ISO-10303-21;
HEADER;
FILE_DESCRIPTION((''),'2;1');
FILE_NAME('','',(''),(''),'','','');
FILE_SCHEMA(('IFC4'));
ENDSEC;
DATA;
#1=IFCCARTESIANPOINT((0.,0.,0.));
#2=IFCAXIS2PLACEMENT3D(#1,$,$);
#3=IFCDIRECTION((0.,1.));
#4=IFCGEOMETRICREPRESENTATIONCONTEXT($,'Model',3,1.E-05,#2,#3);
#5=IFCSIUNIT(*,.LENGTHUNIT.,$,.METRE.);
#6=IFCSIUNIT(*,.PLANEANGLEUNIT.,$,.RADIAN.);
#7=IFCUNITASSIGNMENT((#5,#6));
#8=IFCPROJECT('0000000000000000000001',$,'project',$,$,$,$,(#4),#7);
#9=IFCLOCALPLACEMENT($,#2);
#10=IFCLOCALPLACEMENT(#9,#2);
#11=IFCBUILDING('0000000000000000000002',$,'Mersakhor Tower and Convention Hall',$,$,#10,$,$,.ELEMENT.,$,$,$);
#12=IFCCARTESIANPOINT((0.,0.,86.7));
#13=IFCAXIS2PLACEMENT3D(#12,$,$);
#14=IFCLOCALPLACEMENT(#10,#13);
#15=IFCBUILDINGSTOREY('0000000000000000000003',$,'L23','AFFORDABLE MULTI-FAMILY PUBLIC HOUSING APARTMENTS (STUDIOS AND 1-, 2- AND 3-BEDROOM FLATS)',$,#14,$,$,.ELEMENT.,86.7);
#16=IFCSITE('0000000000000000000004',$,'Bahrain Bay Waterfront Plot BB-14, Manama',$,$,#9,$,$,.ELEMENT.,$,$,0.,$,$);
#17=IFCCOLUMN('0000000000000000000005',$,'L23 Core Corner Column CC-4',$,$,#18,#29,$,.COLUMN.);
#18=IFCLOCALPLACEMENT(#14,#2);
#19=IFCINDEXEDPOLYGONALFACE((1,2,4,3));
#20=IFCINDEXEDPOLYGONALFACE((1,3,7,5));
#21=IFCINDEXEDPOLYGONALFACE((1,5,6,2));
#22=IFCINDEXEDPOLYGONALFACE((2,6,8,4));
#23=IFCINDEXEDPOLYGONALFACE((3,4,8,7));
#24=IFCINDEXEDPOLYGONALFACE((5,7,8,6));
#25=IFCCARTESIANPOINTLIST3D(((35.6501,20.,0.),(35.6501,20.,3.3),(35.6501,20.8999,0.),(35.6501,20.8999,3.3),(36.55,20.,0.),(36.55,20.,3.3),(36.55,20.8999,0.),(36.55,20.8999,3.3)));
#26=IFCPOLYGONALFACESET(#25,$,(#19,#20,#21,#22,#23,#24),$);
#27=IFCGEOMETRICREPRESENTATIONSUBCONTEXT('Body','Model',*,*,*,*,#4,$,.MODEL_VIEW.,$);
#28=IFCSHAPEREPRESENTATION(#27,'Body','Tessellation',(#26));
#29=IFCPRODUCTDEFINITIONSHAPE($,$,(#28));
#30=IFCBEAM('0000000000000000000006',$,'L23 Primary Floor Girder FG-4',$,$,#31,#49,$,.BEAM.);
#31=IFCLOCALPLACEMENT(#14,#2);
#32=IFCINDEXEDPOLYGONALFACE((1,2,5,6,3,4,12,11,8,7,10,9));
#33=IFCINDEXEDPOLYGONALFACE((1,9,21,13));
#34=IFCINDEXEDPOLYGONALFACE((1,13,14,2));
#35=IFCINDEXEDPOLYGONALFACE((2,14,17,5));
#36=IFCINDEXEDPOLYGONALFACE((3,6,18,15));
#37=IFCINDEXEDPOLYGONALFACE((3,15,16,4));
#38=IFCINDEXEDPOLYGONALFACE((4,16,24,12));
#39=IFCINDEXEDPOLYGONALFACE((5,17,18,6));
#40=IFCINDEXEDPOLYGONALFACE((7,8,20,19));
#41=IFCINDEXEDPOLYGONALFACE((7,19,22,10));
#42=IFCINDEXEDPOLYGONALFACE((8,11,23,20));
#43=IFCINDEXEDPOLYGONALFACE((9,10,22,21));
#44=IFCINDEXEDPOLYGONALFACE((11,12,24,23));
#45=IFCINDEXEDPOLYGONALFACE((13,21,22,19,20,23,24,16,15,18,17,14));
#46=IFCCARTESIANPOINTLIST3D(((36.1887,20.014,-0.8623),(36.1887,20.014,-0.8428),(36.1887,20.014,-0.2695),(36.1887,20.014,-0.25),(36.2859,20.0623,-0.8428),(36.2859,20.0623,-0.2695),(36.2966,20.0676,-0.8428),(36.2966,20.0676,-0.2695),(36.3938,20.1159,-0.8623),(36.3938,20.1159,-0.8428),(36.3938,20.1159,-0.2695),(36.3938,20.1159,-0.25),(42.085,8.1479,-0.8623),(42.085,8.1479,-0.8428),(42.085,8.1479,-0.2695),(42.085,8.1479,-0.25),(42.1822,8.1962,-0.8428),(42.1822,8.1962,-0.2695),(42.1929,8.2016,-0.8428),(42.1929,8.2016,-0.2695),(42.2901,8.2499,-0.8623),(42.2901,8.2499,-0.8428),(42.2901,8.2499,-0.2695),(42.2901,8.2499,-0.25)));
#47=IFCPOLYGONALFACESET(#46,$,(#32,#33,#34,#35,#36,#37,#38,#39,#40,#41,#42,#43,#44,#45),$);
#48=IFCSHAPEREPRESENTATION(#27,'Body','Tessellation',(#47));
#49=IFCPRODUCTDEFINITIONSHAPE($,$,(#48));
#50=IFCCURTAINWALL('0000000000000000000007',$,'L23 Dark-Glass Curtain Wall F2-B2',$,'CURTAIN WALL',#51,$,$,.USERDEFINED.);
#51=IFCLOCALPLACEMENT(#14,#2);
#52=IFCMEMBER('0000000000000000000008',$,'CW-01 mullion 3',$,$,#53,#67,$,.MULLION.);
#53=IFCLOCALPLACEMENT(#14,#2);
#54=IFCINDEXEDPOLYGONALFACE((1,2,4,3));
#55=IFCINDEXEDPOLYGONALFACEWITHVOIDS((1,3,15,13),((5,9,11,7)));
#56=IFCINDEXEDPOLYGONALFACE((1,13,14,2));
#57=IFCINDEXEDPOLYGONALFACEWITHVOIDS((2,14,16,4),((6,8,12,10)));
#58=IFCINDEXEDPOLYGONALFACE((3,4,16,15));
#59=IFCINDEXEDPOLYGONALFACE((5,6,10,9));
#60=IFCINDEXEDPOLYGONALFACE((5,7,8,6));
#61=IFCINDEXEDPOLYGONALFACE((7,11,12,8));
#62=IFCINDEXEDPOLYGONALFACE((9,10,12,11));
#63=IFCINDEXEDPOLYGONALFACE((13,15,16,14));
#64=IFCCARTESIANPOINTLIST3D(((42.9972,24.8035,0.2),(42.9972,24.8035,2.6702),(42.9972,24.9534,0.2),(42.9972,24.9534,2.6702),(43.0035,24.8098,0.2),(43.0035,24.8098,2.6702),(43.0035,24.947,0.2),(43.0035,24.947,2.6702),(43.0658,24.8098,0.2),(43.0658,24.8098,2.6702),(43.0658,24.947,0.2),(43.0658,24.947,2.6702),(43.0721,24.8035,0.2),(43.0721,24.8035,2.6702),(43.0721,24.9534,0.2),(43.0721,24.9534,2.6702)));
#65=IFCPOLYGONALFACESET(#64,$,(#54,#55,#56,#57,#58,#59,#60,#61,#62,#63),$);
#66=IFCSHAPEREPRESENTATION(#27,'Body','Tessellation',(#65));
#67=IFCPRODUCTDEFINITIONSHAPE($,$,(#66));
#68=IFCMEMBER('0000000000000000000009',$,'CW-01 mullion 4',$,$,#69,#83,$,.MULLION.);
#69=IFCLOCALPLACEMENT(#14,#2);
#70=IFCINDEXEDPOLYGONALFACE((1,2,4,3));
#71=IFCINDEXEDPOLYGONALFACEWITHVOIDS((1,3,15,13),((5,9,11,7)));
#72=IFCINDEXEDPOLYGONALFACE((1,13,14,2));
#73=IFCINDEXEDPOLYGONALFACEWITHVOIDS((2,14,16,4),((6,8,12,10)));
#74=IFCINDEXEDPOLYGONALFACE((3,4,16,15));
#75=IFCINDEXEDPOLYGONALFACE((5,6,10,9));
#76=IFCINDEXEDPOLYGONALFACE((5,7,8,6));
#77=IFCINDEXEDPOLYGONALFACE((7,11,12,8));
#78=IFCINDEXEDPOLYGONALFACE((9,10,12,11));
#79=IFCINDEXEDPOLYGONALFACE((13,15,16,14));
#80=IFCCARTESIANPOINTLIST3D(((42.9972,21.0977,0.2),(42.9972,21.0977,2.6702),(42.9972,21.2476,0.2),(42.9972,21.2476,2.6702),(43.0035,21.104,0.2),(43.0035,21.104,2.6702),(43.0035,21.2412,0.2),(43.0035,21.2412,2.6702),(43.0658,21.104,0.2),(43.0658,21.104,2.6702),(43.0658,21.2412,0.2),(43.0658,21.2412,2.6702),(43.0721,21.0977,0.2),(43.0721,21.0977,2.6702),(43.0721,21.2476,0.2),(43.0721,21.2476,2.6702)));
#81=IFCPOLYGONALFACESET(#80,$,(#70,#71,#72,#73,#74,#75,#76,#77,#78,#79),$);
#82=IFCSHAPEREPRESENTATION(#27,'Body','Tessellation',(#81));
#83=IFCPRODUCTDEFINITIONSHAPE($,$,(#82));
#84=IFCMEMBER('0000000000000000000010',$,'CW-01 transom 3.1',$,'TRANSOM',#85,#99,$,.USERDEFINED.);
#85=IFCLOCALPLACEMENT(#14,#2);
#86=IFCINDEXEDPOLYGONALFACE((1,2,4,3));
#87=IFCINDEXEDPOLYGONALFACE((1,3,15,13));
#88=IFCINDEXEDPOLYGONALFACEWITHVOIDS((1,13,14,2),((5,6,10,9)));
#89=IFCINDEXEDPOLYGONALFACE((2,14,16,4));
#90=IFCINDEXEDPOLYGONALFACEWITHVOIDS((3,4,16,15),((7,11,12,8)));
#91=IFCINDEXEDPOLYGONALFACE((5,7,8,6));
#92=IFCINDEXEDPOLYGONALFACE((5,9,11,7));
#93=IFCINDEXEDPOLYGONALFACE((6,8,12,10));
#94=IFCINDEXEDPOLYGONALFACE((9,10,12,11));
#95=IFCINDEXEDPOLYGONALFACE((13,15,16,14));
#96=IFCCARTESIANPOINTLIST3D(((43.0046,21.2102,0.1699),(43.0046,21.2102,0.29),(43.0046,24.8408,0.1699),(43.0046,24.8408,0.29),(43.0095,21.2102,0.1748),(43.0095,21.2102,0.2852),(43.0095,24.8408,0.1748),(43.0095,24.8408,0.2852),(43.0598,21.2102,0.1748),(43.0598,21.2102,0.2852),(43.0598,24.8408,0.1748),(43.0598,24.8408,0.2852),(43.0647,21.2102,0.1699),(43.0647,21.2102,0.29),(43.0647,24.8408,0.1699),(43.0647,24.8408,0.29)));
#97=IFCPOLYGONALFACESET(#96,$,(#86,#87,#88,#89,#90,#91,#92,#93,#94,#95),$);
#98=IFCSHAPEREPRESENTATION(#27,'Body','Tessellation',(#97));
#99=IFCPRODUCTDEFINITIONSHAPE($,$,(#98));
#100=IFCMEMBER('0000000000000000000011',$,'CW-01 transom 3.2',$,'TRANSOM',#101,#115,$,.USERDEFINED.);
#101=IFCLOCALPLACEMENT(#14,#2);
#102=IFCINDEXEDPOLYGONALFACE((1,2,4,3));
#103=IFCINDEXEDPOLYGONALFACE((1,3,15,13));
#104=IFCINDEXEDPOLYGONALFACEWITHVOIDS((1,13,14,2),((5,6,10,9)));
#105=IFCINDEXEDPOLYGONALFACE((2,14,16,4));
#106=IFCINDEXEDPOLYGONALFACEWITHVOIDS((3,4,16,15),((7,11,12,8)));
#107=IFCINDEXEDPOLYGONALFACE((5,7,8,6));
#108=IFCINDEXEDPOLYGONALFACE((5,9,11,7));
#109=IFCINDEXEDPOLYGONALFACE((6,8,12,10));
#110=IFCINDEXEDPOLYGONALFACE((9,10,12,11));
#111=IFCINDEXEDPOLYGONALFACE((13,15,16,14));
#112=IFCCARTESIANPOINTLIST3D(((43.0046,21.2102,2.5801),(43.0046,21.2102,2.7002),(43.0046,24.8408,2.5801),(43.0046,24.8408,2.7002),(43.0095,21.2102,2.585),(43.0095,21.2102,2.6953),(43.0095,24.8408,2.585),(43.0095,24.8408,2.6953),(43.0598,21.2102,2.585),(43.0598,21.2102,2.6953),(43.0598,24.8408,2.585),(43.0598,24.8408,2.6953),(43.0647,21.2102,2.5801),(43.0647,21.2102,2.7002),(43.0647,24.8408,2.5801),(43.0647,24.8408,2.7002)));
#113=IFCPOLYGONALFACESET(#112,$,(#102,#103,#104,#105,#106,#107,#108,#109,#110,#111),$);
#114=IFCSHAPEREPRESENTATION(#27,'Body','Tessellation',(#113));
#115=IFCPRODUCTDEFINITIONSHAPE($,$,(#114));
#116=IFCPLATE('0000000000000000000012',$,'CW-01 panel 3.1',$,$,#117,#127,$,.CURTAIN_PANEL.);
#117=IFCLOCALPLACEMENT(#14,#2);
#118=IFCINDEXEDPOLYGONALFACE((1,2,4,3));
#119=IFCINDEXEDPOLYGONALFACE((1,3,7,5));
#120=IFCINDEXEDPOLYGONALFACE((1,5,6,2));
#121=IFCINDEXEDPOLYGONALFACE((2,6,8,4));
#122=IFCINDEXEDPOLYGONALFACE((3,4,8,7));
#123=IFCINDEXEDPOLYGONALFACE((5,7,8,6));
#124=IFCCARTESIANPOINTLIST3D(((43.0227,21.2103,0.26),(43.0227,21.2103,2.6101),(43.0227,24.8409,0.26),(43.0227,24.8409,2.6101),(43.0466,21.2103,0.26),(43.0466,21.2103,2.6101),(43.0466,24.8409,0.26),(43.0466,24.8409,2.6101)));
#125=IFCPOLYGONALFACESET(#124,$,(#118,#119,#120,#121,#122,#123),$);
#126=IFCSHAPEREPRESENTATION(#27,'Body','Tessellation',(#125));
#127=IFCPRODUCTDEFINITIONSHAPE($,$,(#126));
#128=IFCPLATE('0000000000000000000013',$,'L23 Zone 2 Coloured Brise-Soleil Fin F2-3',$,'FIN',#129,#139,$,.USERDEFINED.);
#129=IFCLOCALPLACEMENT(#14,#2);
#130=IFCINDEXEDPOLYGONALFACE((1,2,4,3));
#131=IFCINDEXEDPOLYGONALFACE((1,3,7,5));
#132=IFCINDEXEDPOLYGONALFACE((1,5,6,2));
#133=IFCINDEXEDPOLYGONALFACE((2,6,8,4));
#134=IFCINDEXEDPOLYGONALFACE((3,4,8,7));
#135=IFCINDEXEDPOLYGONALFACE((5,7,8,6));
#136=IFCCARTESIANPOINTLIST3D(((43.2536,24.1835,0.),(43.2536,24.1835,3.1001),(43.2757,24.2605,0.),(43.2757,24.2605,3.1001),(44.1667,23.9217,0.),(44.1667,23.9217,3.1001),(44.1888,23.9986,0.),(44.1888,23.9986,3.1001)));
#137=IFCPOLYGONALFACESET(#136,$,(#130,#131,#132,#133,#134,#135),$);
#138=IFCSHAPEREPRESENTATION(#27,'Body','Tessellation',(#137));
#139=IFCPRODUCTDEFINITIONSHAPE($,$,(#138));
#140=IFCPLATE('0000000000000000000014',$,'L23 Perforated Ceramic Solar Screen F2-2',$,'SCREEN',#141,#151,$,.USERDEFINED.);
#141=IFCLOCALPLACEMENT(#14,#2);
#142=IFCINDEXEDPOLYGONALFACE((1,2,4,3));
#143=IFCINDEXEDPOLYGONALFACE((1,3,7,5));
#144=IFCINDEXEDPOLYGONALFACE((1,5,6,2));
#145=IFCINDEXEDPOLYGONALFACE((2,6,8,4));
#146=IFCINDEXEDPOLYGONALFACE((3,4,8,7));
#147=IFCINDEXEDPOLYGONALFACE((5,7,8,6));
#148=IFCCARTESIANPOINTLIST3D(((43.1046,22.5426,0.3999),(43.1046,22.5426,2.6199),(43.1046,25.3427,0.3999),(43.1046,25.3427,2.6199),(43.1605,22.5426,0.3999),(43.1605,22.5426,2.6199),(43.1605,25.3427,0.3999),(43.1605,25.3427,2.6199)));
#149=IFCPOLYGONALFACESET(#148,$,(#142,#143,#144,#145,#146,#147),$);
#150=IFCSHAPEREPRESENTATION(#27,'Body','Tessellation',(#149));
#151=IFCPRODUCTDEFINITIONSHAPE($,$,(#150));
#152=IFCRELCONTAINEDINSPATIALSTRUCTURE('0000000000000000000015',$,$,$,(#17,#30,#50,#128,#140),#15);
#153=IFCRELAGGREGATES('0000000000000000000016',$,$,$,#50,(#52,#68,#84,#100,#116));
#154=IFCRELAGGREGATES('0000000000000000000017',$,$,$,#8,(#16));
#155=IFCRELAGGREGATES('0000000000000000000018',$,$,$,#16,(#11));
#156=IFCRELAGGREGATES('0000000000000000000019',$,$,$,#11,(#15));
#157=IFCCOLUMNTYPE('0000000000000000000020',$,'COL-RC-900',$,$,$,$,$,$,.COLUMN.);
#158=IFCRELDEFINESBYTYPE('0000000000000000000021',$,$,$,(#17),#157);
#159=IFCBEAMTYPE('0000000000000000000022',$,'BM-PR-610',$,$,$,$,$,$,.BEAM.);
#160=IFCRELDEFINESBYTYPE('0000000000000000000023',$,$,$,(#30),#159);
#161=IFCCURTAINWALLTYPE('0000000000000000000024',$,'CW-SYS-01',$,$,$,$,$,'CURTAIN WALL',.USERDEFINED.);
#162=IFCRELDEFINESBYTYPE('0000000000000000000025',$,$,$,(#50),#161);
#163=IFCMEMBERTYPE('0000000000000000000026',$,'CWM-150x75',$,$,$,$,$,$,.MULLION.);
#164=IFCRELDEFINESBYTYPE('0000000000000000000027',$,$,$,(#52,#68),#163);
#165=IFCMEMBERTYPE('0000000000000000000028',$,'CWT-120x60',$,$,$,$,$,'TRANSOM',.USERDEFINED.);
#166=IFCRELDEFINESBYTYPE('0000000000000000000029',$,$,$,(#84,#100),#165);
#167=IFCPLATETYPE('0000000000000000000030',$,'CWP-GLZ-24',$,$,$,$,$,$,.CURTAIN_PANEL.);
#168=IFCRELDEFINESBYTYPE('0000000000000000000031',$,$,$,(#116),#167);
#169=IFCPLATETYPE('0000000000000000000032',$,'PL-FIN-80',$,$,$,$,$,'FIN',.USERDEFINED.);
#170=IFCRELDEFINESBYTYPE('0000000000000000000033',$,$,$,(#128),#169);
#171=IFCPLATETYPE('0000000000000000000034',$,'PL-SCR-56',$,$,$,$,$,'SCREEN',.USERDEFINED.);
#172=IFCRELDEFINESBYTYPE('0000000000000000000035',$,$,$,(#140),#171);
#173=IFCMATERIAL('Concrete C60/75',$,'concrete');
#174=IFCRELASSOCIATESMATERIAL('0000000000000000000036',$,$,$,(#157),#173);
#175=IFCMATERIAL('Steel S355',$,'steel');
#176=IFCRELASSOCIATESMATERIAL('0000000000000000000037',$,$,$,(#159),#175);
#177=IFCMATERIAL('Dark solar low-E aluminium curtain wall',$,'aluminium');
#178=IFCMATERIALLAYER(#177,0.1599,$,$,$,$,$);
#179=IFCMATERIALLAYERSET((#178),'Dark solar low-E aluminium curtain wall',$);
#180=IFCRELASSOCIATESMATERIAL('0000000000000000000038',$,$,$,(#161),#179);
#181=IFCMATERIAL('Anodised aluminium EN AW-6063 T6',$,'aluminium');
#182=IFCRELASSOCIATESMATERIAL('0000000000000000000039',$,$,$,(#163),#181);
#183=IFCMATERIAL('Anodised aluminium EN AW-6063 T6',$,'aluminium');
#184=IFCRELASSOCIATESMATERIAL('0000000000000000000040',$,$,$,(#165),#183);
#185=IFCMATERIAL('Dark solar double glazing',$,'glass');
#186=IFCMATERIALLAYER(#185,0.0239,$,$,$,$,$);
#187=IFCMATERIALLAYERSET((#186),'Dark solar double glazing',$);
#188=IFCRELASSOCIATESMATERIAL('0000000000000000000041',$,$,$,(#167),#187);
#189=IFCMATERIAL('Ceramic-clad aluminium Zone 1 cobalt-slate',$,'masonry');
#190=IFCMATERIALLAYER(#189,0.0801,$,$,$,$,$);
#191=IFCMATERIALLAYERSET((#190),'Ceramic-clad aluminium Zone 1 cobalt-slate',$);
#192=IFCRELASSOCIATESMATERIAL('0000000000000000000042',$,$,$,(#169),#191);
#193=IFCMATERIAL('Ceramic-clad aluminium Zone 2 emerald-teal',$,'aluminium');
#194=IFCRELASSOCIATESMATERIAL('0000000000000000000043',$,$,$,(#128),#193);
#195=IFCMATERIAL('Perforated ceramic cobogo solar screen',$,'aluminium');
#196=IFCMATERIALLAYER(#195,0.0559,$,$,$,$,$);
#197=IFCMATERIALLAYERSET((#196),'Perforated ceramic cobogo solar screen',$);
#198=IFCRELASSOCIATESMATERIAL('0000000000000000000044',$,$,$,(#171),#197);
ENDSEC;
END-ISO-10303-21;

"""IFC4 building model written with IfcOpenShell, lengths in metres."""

from ifc_helpers import new_model, si_unit, direction, frame, origin, origin_2d, place, context, subcontext, project, spatial, rectangle, hollow_rectangle, i_section, extrude, material, layer, layer_set, material_profile, profile_set, type_object, element, aggregate, save


model = new_model("IFC4")

# Units and contexts
model_context = context("Model", 3, precision=1e-05, world=origin(), true_north=direction((0.0, 1.0)))
body_context = subcontext(model_context, "Body", "Model", "MODEL_VIEW")
ifc_project = project(units=[si_unit("LENGTHUNIT", "METRE"), si_unit("PLANEANGLEUNIT", "RADIAN")], contexts=[model_context])

# Site, building, storey
site_placement = place(None, origin())
site = spatial("IfcSite", under=ifc_project, at=site_placement, Name="Bahrain Bay Waterfront Plot BB-14, Manama", CompositionType="ELEMENT", RefElevation=0.0)
building_placement = place(site_placement, origin())
building = spatial("IfcBuilding", under=site, at=building_placement, Name="Mersakhor Tower and Convention Hall", CompositionType="ELEMENT")
storey_placement = place(building_placement, frame((0.0, 0.0, 86.7)))
storey = spatial("IfcBuildingStorey", under=building, at=storey_placement, Name="L23", Description="AFFORDABLE MULTI-FAMILY PUBLIC HOUSING APARTMENTS (STUDIOS AND 1-, 2- AND 3-BEDROOM FLATS)", CompositionType="ELEMENT", Elevation=86.7)

# Column
ifc_material_1 = material(Name="Concrete C60/75", Category="concrete")
ifc_material_profile_1 = material_profile(ifc_material_1, rectangle(XDim=0.8999, YDim=0.8999, at=origin_2d()), Name="RC 900x900")
ifc_profile_set_1 = profile_set([ifc_material_profile_1], Name="Concrete C60/75")
column_type = type_object("IfcColumnType", Name="COL-RC-900", PredefinedType="COLUMN", material=ifc_profile_set_1)
column_placement = place(storey_placement, frame((36.1001, 20.45, 0.0), z_axis=(0.0, 0.0, 1.0), x_axis=(1.0, 0.0, 0.0)))
element("IfcColumn", 1, at=column_placement, inside=storey, type_object=column_type, Name="L23 Core Corner Column CC-4", PredefinedType="COLUMN", context=body_context, shape_type="SweptSolid", body=[
    extrude(rectangle(XDim=0.8999, YDim=0.8999, at=origin_2d()), origin(), (0.0, 0.0, 1.0), 3.3),
])

# Beam
ifc_material_2 = material(Name="Steel S355", Category="steel")
ifc_material_profile_2 = material_profile(ifc_material_2, i_section(OverallWidth=0.229, OverallDepth=0.6123, WebThickness=0.012, FlangeThickness=0.0195, at=origin_2d()), Name="UB 610x229x125")
ifc_profile_set_2 = profile_set([ifc_material_profile_2], Name="Steel S355")
beam_type = type_object("IfcBeamType", Name="BM-PR-610", PredefinedType="BEAM", material=ifc_profile_set_2)
beam_placement = place(storey_placement, frame((36.2913, 20.0649, -0.5562), z_axis=(0.444994, -0.895534, 0.0), x_axis=(0.895534, 0.444994, 0.0)))
element("IfcBeam", 2, at=beam_placement, inside=storey, type_object=beam_type, Name="L23 Primary Floor Girder FG-4", PredefinedType="BEAM", context=body_context, shape_type="SweptSolid", body=[
    extrude(i_section(OverallWidth=0.229, OverallDepth=0.6123, WebThickness=0.012, FlangeThickness=0.0195, at=origin_2d()), origin(), (0.0, 0.0, 1.0), 13.2502),
])

# Curtain wall, members, plate
ifc_material_3 = material(Name="Dark solar low-E aluminium curtain wall", Category="aluminium")
ifc_layer_1 = layer(ifc_material_3, 0.1599)
ifc_layer_set_1 = layer_set([ifc_layer_1], Name="Dark solar low-E aluminium curtain wall")
curtain_wall_type = type_object("IfcCurtainWallType", Name="CW-SYS-01", ElementType="CURTAIN WALL", PredefinedType="USERDEFINED", material=ifc_layer_set_1)
curtain_wall_placement = place(storey_placement, origin())
curtain_wall = element("IfcCurtainWall", 3, at=curtain_wall_placement, inside=storey, type_object=curtain_wall_type, Name="L23 Dark-Glass Curtain Wall F2-B2", ObjectType="CURTAIN WALL", PredefinedType="USERDEFINED")
ifc_material_4 = material(Name="Anodised aluminium EN AW-6063 T6", Category="aluminium")
ifc_material_profile_3 = material_profile(ifc_material_4, hollow_rectangle(XDim=0.075, YDim=0.1499, WallThickness=0.0063, at=origin_2d()), Name="RHS 150x75x6.3")
ifc_profile_set_3 = profile_set([ifc_material_profile_3], Name="Anodised aluminium EN AW-6063 T6")
member_type_1 = type_object("IfcMemberType", Name="CWM-150x75", PredefinedType="MULLION", material=ifc_profile_set_3)
member_1_placement = place(storey_placement, frame((43.0347, 24.8784, 0.2), z_axis=(0.0, 0.0, 1.0), x_axis=(1.0, 0.0, 0.0)))
member_1 = element("IfcMember", 4, at=member_1_placement, type_object=member_type_1, Name="CW-01 mullion 3", PredefinedType="MULLION", context=body_context, shape_type="SweptSolid", body=[
    extrude(hollow_rectangle(XDim=0.075, YDim=0.1499, WallThickness=0.0063, at=origin_2d()), origin(), (0.0, 0.0, 1.0), 2.4702),
])
member_2_placement = place(storey_placement, frame((43.0347, 21.1726, 0.2), z_axis=(0.0, 0.0, 1.0), x_axis=(1.0, 0.0, 0.0)))
member_2 = element("IfcMember", 5, at=member_2_placement, type_object=member_type_1, Name="CW-01 mullion 4", PredefinedType="MULLION", context=body_context, shape_type="SweptSolid", body=[
    extrude(hollow_rectangle(XDim=0.075, YDim=0.1499, WallThickness=0.0063, at=origin_2d()), origin(), (0.0, 0.0, 1.0), 2.4702),
])
ifc_material_5 = material(Name="Anodised aluminium EN AW-6063 T6", Category="aluminium")
ifc_material_profile_4 = material_profile(ifc_material_5, hollow_rectangle(XDim=0.0601, YDim=0.1201, WallThickness=0.0049, at=origin_2d()), Name="RHS 120x60x5")
ifc_profile_set_4 = profile_set([ifc_material_profile_4], Name="Anodised aluminium EN AW-6063 T6")
member_type_2 = type_object("IfcMemberType", Name="CWT-120x60", ElementType="TRANSOM", PredefinedType="USERDEFINED", material=ifc_profile_set_4)
member_3_placement = place(storey_placement, frame((43.0347, 24.8408, 0.23), z_axis=(0.0, -1.0, 0.0), x_axis=(1.0, 0.0, 0.0)))
member_3 = element("IfcMember", 6, at=member_3_placement, type_object=member_type_2, Name="CW-01 transom 3.1", ObjectType="TRANSOM", PredefinedType="USERDEFINED", context=body_context, shape_type="SweptSolid", body=[
    extrude(hollow_rectangle(XDim=0.0601, YDim=0.1201, WallThickness=0.0049, at=origin_2d()), origin(), (0.0, 0.0, 1.0), 3.6306),
])
member_4_placement = place(storey_placement, frame((43.0347, 24.8408, 2.6401), z_axis=(0.0, -1.0, 0.0), x_axis=(1.0, 0.0, 0.0)))
member_4 = element("IfcMember", 7, at=member_4_placement, type_object=member_type_2, Name="CW-01 transom 3.2", ObjectType="TRANSOM", PredefinedType="USERDEFINED", context=body_context, shape_type="SweptSolid", body=[
    extrude(hollow_rectangle(XDim=0.0601, YDim=0.1201, WallThickness=0.0049, at=origin_2d()), origin(), (0.0, 0.0, 1.0), 3.6306),
])
ifc_material_6 = material(Name="Dark solar double glazing", Category="glass")
ifc_layer_2 = layer(ifc_material_6, 0.0239)
ifc_layer_set_2 = layer_set([ifc_layer_2], Name="Dark solar double glazing")
plate_type_1 = type_object("IfcPlateType", Name="CWP-GLZ-24", PredefinedType="CURTAIN_PANEL", material=ifc_layer_set_2)
plate_1_placement = place(storey_placement, frame((43.0347, 23.0256, 0.26), z_axis=(0.0, 0.0, 1.0), x_axis=(0.0, -1.0, 0.0)))
plate_1 = element("IfcPlate", 8, at=plate_1_placement, type_object=plate_type_1, Name="CW-01 panel 3.1", PredefinedType="CURTAIN_PANEL", context=body_context, shape_type="SweptSolid", body=[
    extrude(rectangle(XDim=3.6306, YDim=0.0239, at=origin_2d()), origin(), (0.0, 0.0, 1.0), 2.3501),
])
aggregate(curtain_wall, [member_1, member_2, member_3, member_4, plate_1])

# Plates
ifc_material_7 = material(Name="Ceramic-clad aluminium Zone 2 emerald-teal", Category="aluminium")
ifc_material_8 = material(Name="Ceramic-clad aluminium Zone 1 cobalt-slate", Category="masonry")
ifc_layer_3 = layer(ifc_material_8, 0.0801)
ifc_layer_set_3 = layer_set([ifc_layer_3], Name="Ceramic-clad aluminium Zone 1 cobalt-slate")
plate_type_2 = type_object("IfcPlateType", Name="PL-FIN-80", ElementType="FIN", PredefinedType="USERDEFINED", material=ifc_layer_set_3)
plate_2_placement = place(storey_placement, frame((43.7212, 24.0911, 0.0), z_axis=(0.0, 0.0, 1.0), x_axis=(0.961262, -0.275637, 0.0)))
element("IfcPlate", 9, at=plate_2_placement, inside=storey, type_object=plate_type_2, material=ifc_material_7, Name="L23 Zone 2 Coloured Brise-Soleil Fin F2-3", ObjectType="FIN", PredefinedType="USERDEFINED", context=body_context, shape_type="SweptSolid", body=[
    extrude(rectangle(XDim=0.95, YDim=0.0801, at=origin_2d()), origin(), (0.0, 0.0, 1.0), 3.1001),
])
ifc_material_9 = material(Name="Perforated ceramic cobogo solar screen", Category="aluminium")
ifc_layer_4 = layer(ifc_material_9, 0.0559)
ifc_layer_set_4 = layer_set([ifc_layer_4], Name="Perforated ceramic cobogo solar screen")
plate_type_3 = type_object("IfcPlateType", Name="PL-SCR-56", ElementType="SCREEN", PredefinedType="USERDEFINED", material=ifc_layer_set_4)
plate_3_placement = place(storey_placement, frame((43.1326, 23.9426, 0.3999), z_axis=(0.0, 0.0, 1.0), x_axis=(0.0, -1.0, 0.0)))
element("IfcPlate", 10, at=plate_3_placement, inside=storey, type_object=plate_type_3, Name="L23 Perforated Ceramic Solar Screen F2-2", ObjectType="SCREEN", PredefinedType="USERDEFINED", context=body_context, shape_type="SweptSolid", body=[
    extrude(rectangle(XDim=2.8, YDim=0.0559, at=origin_2d()), origin(), (0.0, 0.0, 1.0), 2.22),
])

save(model, "model.ifc")
